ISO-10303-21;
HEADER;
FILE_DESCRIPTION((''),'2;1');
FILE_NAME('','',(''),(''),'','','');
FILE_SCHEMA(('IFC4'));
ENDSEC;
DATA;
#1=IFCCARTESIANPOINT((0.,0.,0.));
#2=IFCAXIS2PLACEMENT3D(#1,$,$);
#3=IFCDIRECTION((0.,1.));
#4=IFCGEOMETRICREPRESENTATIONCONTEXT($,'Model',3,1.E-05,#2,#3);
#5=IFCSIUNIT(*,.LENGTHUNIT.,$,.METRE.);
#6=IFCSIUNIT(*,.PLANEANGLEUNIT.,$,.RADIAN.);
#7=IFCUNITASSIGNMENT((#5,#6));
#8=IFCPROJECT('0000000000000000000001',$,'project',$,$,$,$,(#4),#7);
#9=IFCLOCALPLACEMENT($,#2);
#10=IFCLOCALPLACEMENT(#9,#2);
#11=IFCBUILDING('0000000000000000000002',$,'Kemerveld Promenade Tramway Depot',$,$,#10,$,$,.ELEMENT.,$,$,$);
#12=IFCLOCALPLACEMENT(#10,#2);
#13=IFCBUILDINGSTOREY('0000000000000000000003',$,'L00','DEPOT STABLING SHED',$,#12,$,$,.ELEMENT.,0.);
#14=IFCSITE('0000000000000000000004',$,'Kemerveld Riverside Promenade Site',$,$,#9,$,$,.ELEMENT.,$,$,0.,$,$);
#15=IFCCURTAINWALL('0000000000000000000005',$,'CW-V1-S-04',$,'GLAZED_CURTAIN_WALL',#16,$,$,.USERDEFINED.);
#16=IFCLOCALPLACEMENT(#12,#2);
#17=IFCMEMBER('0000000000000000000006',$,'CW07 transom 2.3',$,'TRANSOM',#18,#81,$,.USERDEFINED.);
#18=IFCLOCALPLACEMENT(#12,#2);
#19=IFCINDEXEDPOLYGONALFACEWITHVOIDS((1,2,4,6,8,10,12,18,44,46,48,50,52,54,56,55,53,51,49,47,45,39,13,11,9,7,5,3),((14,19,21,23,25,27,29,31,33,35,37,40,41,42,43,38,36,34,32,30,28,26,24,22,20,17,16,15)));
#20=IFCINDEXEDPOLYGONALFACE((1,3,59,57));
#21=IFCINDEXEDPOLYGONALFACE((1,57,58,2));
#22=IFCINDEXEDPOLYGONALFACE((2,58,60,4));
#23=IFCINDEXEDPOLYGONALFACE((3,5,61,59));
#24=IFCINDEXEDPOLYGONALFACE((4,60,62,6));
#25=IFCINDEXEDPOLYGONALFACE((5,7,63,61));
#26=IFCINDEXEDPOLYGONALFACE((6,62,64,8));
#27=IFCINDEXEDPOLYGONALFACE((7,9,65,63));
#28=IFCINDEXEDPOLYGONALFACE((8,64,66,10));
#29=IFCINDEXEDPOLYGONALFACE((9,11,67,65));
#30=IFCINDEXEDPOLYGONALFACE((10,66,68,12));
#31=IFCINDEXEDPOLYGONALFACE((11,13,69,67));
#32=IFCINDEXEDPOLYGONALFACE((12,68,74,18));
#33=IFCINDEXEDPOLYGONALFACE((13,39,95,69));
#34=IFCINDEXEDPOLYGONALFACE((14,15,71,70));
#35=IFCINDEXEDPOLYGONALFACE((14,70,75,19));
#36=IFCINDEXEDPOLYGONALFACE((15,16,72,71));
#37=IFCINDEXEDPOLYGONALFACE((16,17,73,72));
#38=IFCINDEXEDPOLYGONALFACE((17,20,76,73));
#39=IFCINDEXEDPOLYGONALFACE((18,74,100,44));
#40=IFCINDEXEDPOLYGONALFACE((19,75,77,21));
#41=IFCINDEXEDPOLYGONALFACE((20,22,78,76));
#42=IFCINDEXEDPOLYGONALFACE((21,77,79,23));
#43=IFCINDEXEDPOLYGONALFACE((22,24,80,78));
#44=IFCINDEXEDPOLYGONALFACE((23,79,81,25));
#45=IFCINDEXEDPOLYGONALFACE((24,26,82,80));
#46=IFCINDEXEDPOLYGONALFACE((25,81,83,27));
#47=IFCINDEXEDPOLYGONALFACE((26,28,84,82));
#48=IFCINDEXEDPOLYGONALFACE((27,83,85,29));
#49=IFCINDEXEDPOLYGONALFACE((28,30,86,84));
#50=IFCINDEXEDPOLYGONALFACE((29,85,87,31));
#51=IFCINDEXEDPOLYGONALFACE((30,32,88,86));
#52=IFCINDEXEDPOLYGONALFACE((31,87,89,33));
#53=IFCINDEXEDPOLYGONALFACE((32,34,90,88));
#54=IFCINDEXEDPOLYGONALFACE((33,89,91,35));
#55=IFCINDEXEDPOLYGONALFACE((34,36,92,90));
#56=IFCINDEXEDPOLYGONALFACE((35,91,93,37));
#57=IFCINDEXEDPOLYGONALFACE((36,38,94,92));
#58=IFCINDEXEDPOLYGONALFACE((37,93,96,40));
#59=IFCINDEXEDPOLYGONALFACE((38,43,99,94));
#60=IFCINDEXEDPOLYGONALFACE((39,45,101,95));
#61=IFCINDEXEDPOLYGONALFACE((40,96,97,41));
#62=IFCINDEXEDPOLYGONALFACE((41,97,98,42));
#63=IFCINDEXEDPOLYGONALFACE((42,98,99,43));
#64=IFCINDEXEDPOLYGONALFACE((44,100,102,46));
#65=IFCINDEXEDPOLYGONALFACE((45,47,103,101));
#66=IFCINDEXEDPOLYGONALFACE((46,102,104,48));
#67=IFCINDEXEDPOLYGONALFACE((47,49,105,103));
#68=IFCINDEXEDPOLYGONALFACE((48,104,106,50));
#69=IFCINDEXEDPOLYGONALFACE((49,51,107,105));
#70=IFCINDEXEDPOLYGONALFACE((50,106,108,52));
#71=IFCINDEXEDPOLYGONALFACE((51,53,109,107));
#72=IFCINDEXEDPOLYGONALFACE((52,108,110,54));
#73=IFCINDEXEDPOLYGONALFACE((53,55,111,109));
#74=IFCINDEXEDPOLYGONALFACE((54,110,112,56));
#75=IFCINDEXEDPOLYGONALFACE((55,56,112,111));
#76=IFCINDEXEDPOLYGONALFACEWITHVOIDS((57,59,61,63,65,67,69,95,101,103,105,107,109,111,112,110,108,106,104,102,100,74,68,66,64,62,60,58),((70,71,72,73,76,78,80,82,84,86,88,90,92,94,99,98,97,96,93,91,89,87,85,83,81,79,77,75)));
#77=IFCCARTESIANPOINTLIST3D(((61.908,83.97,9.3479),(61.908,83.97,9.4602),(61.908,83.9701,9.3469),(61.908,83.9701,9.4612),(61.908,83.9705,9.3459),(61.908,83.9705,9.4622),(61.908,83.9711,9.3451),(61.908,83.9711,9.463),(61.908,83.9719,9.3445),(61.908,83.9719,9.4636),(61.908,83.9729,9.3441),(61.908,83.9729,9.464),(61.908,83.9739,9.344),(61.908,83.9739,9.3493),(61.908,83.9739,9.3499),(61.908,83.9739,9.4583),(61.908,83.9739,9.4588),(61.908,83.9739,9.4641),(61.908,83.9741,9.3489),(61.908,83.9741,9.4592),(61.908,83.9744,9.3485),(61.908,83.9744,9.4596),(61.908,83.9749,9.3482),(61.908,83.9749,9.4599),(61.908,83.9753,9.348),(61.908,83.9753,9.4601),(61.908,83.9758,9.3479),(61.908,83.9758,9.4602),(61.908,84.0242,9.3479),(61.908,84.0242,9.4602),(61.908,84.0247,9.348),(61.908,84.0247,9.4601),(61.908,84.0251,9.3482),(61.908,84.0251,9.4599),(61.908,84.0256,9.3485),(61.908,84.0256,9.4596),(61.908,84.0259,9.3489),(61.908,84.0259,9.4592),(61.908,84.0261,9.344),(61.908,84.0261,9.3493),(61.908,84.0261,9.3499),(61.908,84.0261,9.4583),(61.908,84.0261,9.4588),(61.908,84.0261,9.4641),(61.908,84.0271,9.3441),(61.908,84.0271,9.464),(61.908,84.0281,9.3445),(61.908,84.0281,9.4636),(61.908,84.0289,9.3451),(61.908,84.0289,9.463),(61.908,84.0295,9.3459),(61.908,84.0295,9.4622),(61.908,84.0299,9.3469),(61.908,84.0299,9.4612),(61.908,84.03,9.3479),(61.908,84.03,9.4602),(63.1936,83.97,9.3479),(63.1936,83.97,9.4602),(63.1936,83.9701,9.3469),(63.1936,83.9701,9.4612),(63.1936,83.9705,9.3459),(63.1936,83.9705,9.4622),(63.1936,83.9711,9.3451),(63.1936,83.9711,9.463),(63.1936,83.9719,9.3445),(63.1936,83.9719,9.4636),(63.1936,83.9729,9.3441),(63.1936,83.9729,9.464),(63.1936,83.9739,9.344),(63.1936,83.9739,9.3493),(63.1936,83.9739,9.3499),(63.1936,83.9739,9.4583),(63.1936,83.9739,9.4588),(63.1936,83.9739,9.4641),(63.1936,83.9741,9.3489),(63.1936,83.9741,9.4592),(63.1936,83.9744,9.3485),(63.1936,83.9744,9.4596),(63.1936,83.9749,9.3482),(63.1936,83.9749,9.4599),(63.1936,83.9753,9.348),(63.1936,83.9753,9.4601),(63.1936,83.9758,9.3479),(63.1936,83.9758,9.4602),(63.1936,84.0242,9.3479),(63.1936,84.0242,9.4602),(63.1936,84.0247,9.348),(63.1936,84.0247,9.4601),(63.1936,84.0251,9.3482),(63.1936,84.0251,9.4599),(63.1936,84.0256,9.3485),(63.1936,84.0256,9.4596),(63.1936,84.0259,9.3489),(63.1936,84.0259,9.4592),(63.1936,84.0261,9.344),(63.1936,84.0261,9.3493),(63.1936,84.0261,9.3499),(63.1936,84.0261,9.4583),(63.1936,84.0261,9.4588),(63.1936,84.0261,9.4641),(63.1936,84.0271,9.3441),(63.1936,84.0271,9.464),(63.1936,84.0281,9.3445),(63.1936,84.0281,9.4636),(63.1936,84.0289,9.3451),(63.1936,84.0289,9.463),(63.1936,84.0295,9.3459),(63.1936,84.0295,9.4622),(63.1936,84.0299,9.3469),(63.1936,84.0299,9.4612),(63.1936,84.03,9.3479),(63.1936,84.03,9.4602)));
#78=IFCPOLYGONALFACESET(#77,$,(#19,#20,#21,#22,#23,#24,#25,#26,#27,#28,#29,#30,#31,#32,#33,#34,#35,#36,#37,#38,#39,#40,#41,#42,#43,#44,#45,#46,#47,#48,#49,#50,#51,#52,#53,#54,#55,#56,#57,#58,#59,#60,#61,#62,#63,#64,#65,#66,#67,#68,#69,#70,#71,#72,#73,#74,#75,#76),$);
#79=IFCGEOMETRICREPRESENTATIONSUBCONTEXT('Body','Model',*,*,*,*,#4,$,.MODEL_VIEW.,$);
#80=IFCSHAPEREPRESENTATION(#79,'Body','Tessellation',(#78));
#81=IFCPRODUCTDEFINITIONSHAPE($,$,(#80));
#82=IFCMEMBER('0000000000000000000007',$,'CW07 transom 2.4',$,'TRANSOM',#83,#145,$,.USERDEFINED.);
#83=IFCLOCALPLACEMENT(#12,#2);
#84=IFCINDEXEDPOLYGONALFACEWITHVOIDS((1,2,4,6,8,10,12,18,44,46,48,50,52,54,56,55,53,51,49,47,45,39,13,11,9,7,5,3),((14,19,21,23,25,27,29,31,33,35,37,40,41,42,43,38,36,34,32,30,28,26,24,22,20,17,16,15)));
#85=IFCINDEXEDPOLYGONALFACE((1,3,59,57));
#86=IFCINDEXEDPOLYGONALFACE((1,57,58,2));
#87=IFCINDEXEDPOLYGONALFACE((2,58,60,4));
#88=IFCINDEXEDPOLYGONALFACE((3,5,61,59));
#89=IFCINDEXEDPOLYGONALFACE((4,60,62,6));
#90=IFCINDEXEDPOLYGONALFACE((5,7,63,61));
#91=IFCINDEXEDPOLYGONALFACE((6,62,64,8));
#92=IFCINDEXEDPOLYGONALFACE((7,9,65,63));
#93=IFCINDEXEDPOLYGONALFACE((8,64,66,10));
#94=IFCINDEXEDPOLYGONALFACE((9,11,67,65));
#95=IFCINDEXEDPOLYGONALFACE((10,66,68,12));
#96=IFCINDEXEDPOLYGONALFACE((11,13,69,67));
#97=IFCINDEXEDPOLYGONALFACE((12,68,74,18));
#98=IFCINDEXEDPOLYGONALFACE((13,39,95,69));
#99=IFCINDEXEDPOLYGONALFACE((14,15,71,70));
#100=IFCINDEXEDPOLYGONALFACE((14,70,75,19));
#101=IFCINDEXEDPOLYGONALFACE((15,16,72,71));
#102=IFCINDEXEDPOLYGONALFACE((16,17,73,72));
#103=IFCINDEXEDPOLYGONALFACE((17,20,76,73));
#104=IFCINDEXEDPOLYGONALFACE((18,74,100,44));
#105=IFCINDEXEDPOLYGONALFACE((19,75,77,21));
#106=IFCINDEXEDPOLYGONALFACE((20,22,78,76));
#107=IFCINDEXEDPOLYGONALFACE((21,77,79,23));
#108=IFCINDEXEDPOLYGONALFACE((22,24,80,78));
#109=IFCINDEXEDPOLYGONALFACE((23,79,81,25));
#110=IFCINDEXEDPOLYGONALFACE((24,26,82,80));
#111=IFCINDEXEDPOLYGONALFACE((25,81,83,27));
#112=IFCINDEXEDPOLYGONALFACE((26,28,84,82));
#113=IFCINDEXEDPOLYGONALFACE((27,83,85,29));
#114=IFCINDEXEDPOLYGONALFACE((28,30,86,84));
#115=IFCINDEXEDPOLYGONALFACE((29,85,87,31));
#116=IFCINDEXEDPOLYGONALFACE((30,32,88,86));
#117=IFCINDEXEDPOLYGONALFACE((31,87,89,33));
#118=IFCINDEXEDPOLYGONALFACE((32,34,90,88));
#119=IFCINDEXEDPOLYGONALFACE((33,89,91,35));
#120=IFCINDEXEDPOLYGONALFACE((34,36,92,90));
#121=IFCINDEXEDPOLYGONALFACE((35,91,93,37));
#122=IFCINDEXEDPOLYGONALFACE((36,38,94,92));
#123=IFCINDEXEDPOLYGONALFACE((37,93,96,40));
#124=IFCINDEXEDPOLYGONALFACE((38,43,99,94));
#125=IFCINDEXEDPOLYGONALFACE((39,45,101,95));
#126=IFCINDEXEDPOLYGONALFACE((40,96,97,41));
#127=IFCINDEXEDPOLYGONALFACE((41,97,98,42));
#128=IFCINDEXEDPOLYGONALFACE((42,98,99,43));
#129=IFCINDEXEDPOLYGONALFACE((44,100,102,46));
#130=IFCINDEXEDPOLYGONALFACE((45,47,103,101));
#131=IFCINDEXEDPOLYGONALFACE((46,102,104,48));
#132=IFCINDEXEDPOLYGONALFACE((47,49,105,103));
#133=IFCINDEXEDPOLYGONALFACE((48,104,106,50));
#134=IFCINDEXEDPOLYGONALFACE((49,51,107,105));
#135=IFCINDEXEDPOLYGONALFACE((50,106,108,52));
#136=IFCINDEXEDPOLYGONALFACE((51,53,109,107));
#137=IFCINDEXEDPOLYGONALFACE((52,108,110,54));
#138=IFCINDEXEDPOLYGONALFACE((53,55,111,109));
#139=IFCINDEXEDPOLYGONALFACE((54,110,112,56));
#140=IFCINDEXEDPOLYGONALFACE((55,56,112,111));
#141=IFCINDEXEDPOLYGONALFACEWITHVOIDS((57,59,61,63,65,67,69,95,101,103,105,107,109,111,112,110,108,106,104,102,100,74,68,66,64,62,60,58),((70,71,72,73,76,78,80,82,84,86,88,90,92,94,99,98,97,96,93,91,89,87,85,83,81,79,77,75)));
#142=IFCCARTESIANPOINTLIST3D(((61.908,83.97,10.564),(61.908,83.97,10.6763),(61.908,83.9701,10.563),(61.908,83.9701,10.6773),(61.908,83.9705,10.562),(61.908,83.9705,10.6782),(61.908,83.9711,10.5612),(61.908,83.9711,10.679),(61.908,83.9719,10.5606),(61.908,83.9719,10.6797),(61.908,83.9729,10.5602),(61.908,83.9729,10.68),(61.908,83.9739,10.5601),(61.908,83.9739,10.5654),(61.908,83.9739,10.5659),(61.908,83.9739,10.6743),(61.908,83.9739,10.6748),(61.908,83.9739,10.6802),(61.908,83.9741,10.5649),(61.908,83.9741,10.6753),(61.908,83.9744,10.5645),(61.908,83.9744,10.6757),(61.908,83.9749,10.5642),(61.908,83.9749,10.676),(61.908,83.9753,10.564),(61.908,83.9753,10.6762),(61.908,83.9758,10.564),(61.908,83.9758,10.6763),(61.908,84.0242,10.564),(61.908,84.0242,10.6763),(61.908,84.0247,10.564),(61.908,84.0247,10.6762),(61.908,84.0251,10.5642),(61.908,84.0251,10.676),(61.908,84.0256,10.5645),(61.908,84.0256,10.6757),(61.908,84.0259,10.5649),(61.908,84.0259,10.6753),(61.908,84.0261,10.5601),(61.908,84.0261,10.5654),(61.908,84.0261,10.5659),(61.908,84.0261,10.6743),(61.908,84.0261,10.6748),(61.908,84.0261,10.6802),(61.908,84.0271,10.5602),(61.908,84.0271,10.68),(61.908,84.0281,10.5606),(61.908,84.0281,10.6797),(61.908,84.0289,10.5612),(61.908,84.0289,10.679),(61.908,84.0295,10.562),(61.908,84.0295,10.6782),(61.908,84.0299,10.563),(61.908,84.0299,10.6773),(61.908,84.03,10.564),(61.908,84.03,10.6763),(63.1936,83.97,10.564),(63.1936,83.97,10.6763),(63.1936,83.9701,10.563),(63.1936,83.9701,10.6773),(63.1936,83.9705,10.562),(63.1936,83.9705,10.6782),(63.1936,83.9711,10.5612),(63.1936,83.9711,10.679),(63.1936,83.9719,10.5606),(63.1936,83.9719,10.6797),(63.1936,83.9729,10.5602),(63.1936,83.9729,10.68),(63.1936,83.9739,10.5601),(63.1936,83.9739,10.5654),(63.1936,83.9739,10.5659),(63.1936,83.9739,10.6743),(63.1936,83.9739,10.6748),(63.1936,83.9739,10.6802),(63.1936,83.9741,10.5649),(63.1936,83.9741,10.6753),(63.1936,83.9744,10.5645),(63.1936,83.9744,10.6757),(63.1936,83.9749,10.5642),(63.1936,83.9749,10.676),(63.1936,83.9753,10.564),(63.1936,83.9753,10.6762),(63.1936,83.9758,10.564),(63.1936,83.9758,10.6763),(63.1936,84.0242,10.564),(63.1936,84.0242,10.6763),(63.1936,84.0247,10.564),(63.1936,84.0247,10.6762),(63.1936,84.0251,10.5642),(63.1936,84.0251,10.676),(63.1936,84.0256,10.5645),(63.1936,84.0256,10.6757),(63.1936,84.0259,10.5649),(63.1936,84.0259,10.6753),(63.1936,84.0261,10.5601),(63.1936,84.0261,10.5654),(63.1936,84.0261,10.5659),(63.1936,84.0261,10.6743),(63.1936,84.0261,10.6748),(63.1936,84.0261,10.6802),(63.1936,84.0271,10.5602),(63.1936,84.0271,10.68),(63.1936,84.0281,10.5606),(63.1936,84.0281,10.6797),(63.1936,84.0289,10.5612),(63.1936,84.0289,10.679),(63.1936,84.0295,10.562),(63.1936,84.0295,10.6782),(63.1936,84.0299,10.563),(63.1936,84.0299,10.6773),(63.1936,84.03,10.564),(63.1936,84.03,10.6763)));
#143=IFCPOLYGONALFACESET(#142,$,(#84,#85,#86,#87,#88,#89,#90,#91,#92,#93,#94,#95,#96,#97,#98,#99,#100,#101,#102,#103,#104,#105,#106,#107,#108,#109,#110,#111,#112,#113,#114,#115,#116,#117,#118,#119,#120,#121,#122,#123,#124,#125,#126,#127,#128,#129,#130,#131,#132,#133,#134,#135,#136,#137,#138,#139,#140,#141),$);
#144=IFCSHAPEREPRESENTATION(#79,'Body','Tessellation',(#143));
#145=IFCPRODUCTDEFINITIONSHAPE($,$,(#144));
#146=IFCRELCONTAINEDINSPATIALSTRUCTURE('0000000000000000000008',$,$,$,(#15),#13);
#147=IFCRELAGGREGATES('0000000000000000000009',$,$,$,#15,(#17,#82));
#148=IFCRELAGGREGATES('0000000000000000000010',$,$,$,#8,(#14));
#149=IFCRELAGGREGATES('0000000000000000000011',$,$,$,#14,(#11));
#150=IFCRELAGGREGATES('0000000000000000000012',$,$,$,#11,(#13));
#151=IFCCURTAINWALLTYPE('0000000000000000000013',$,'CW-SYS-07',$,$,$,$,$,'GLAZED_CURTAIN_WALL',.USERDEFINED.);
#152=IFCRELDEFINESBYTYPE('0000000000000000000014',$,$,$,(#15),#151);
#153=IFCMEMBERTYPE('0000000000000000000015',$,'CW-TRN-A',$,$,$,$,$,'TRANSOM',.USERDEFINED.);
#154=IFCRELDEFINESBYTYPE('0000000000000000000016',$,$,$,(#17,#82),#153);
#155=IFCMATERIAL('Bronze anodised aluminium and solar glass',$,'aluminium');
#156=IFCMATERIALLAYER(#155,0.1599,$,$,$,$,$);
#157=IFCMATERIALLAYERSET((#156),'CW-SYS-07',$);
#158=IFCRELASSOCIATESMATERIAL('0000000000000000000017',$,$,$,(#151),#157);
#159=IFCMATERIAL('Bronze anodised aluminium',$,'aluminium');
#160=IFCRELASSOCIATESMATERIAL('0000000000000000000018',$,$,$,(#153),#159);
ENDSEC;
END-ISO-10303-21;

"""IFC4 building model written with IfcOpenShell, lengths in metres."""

from ifc_helpers import new_model, si_unit, direction, frame, origin, origin_2d, place, context, subcontext, project, spatial, hollow_rectangle, extrude, material, layer, layer_set, material_profile, profile_set, type_object, element, aggregate, save


model = new_model("IFC4")

# Units and contexts
model_context = context("Model", 3, precision=1e-05, world=origin(), true_north=direction((0.0, 1.0)))
body_context = subcontext(model_context, "Body", "Model", "MODEL_VIEW")
ifc_project = project(units=[si_unit("LENGTHUNIT", "METRE"), si_unit("PLANEANGLEUNIT", "RADIAN")], contexts=[model_context])

# Site, building, storey
site_placement = place(None, origin())
site = spatial("IfcSite", under=ifc_project, at=site_placement, Name="Kemerveld Riverside Promenade Site", CompositionType="ELEMENT", RefElevation=0.0)
building_placement = place(site_placement, origin())
building = spatial("IfcBuilding", under=site, at=building_placement, Name="Kemerveld Promenade Tramway Depot", CompositionType="ELEMENT")
storey_placement = place(building_placement, origin())
storey = spatial("IfcBuildingStorey", under=building, at=storey_placement, Name="L00", Description="DEPOT STABLING SHED", CompositionType="ELEMENT", Elevation=0.0)

# Curtain wall, members
ifc_material_1 = material(Name="Bronze anodised aluminium and solar glass", Category="aluminium")
ifc_layer_1 = layer(ifc_material_1, 0.1599)
ifc_layer_set_1 = layer_set([ifc_layer_1], Name="CW-SYS-07")
curtain_wall_type_1 = type_object("IfcCurtainWallType", Name="CW-SYS-07", ElementType="GLAZED_CURTAIN_WALL", PredefinedType="USERDEFINED", material=ifc_layer_set_1)
curtain_wall_1_placement = place(storey_placement, origin())
curtain_wall_1 = element("IfcCurtainWall", 1, at=curtain_wall_1_placement, inside=storey, type_object=curtain_wall_type_1, Name="CW-V1-S-04", ObjectType="GLAZED_CURTAIN_WALL", PredefinedType="USERDEFINED")
ifc_material_2 = material(Name="Bronze anodised aluminium", Category="aluminium")
ifc_material_profile_1 = material_profile(ifc_material_2, hollow_rectangle(XDim=0.0601, YDim=0.1201, WallThickness=0.0039, InnerFilletRadius=0.002, OuterFilletRadius=0.0039, at=origin_2d()), Name="CW-TRN-120x60")
ifc_profile_set_1 = profile_set([ifc_material_profile_1], Name="Bronze anodised aluminium")
member_type_1 = type_object("IfcMemberType", Name="CW-TRN-A", ElementType="TRANSOM", PredefinedType="USERDEFINED", material=ifc_profile_set_1)
member_1_placement = place(storey_placement, frame((63.1936, 84.0, 9.4041), z_axis=(-1.0, 0.0, 0.0), x_axis=(0.0, -1.0, 0.0)))
member_1 = element("IfcMember", 2, at=member_1_placement, type_object=member_type_1, Name="CW07 transom 2.3", ObjectType="TRANSOM", PredefinedType="USERDEFINED", context=body_context, shape_type="SweptSolid", body=[
    extrude(hollow_rectangle(XDim=0.0601, YDim=0.1201, WallThickness=0.0039, InnerFilletRadius=0.002, OuterFilletRadius=0.0039, at=origin_2d()), origin(), (0.0, 0.0, 1.0), 1.2856),
])
member_2_placement = place(storey_placement, frame((63.1936, 84.0, 10.6201), z_axis=(-1.0, 0.0, 0.0), x_axis=(0.0, -1.0, 0.0)))
member_2 = element("IfcMember", 3, at=member_2_placement, type_object=member_type_1, Name="CW07 transom 2.4", ObjectType="TRANSOM", PredefinedType="USERDEFINED", context=body_context, shape_type="SweptSolid", body=[
    extrude(hollow_rectangle(XDim=0.0601, YDim=0.1201, WallThickness=0.0039, InnerFilletRadius=0.002, OuterFilletRadius=0.0039, at=origin_2d()), origin(), (0.0, 0.0, 1.0), 1.2856),
])

aggregate(curtain_wall_1, [member_1, member_2])

save(model, "model.ifc")
